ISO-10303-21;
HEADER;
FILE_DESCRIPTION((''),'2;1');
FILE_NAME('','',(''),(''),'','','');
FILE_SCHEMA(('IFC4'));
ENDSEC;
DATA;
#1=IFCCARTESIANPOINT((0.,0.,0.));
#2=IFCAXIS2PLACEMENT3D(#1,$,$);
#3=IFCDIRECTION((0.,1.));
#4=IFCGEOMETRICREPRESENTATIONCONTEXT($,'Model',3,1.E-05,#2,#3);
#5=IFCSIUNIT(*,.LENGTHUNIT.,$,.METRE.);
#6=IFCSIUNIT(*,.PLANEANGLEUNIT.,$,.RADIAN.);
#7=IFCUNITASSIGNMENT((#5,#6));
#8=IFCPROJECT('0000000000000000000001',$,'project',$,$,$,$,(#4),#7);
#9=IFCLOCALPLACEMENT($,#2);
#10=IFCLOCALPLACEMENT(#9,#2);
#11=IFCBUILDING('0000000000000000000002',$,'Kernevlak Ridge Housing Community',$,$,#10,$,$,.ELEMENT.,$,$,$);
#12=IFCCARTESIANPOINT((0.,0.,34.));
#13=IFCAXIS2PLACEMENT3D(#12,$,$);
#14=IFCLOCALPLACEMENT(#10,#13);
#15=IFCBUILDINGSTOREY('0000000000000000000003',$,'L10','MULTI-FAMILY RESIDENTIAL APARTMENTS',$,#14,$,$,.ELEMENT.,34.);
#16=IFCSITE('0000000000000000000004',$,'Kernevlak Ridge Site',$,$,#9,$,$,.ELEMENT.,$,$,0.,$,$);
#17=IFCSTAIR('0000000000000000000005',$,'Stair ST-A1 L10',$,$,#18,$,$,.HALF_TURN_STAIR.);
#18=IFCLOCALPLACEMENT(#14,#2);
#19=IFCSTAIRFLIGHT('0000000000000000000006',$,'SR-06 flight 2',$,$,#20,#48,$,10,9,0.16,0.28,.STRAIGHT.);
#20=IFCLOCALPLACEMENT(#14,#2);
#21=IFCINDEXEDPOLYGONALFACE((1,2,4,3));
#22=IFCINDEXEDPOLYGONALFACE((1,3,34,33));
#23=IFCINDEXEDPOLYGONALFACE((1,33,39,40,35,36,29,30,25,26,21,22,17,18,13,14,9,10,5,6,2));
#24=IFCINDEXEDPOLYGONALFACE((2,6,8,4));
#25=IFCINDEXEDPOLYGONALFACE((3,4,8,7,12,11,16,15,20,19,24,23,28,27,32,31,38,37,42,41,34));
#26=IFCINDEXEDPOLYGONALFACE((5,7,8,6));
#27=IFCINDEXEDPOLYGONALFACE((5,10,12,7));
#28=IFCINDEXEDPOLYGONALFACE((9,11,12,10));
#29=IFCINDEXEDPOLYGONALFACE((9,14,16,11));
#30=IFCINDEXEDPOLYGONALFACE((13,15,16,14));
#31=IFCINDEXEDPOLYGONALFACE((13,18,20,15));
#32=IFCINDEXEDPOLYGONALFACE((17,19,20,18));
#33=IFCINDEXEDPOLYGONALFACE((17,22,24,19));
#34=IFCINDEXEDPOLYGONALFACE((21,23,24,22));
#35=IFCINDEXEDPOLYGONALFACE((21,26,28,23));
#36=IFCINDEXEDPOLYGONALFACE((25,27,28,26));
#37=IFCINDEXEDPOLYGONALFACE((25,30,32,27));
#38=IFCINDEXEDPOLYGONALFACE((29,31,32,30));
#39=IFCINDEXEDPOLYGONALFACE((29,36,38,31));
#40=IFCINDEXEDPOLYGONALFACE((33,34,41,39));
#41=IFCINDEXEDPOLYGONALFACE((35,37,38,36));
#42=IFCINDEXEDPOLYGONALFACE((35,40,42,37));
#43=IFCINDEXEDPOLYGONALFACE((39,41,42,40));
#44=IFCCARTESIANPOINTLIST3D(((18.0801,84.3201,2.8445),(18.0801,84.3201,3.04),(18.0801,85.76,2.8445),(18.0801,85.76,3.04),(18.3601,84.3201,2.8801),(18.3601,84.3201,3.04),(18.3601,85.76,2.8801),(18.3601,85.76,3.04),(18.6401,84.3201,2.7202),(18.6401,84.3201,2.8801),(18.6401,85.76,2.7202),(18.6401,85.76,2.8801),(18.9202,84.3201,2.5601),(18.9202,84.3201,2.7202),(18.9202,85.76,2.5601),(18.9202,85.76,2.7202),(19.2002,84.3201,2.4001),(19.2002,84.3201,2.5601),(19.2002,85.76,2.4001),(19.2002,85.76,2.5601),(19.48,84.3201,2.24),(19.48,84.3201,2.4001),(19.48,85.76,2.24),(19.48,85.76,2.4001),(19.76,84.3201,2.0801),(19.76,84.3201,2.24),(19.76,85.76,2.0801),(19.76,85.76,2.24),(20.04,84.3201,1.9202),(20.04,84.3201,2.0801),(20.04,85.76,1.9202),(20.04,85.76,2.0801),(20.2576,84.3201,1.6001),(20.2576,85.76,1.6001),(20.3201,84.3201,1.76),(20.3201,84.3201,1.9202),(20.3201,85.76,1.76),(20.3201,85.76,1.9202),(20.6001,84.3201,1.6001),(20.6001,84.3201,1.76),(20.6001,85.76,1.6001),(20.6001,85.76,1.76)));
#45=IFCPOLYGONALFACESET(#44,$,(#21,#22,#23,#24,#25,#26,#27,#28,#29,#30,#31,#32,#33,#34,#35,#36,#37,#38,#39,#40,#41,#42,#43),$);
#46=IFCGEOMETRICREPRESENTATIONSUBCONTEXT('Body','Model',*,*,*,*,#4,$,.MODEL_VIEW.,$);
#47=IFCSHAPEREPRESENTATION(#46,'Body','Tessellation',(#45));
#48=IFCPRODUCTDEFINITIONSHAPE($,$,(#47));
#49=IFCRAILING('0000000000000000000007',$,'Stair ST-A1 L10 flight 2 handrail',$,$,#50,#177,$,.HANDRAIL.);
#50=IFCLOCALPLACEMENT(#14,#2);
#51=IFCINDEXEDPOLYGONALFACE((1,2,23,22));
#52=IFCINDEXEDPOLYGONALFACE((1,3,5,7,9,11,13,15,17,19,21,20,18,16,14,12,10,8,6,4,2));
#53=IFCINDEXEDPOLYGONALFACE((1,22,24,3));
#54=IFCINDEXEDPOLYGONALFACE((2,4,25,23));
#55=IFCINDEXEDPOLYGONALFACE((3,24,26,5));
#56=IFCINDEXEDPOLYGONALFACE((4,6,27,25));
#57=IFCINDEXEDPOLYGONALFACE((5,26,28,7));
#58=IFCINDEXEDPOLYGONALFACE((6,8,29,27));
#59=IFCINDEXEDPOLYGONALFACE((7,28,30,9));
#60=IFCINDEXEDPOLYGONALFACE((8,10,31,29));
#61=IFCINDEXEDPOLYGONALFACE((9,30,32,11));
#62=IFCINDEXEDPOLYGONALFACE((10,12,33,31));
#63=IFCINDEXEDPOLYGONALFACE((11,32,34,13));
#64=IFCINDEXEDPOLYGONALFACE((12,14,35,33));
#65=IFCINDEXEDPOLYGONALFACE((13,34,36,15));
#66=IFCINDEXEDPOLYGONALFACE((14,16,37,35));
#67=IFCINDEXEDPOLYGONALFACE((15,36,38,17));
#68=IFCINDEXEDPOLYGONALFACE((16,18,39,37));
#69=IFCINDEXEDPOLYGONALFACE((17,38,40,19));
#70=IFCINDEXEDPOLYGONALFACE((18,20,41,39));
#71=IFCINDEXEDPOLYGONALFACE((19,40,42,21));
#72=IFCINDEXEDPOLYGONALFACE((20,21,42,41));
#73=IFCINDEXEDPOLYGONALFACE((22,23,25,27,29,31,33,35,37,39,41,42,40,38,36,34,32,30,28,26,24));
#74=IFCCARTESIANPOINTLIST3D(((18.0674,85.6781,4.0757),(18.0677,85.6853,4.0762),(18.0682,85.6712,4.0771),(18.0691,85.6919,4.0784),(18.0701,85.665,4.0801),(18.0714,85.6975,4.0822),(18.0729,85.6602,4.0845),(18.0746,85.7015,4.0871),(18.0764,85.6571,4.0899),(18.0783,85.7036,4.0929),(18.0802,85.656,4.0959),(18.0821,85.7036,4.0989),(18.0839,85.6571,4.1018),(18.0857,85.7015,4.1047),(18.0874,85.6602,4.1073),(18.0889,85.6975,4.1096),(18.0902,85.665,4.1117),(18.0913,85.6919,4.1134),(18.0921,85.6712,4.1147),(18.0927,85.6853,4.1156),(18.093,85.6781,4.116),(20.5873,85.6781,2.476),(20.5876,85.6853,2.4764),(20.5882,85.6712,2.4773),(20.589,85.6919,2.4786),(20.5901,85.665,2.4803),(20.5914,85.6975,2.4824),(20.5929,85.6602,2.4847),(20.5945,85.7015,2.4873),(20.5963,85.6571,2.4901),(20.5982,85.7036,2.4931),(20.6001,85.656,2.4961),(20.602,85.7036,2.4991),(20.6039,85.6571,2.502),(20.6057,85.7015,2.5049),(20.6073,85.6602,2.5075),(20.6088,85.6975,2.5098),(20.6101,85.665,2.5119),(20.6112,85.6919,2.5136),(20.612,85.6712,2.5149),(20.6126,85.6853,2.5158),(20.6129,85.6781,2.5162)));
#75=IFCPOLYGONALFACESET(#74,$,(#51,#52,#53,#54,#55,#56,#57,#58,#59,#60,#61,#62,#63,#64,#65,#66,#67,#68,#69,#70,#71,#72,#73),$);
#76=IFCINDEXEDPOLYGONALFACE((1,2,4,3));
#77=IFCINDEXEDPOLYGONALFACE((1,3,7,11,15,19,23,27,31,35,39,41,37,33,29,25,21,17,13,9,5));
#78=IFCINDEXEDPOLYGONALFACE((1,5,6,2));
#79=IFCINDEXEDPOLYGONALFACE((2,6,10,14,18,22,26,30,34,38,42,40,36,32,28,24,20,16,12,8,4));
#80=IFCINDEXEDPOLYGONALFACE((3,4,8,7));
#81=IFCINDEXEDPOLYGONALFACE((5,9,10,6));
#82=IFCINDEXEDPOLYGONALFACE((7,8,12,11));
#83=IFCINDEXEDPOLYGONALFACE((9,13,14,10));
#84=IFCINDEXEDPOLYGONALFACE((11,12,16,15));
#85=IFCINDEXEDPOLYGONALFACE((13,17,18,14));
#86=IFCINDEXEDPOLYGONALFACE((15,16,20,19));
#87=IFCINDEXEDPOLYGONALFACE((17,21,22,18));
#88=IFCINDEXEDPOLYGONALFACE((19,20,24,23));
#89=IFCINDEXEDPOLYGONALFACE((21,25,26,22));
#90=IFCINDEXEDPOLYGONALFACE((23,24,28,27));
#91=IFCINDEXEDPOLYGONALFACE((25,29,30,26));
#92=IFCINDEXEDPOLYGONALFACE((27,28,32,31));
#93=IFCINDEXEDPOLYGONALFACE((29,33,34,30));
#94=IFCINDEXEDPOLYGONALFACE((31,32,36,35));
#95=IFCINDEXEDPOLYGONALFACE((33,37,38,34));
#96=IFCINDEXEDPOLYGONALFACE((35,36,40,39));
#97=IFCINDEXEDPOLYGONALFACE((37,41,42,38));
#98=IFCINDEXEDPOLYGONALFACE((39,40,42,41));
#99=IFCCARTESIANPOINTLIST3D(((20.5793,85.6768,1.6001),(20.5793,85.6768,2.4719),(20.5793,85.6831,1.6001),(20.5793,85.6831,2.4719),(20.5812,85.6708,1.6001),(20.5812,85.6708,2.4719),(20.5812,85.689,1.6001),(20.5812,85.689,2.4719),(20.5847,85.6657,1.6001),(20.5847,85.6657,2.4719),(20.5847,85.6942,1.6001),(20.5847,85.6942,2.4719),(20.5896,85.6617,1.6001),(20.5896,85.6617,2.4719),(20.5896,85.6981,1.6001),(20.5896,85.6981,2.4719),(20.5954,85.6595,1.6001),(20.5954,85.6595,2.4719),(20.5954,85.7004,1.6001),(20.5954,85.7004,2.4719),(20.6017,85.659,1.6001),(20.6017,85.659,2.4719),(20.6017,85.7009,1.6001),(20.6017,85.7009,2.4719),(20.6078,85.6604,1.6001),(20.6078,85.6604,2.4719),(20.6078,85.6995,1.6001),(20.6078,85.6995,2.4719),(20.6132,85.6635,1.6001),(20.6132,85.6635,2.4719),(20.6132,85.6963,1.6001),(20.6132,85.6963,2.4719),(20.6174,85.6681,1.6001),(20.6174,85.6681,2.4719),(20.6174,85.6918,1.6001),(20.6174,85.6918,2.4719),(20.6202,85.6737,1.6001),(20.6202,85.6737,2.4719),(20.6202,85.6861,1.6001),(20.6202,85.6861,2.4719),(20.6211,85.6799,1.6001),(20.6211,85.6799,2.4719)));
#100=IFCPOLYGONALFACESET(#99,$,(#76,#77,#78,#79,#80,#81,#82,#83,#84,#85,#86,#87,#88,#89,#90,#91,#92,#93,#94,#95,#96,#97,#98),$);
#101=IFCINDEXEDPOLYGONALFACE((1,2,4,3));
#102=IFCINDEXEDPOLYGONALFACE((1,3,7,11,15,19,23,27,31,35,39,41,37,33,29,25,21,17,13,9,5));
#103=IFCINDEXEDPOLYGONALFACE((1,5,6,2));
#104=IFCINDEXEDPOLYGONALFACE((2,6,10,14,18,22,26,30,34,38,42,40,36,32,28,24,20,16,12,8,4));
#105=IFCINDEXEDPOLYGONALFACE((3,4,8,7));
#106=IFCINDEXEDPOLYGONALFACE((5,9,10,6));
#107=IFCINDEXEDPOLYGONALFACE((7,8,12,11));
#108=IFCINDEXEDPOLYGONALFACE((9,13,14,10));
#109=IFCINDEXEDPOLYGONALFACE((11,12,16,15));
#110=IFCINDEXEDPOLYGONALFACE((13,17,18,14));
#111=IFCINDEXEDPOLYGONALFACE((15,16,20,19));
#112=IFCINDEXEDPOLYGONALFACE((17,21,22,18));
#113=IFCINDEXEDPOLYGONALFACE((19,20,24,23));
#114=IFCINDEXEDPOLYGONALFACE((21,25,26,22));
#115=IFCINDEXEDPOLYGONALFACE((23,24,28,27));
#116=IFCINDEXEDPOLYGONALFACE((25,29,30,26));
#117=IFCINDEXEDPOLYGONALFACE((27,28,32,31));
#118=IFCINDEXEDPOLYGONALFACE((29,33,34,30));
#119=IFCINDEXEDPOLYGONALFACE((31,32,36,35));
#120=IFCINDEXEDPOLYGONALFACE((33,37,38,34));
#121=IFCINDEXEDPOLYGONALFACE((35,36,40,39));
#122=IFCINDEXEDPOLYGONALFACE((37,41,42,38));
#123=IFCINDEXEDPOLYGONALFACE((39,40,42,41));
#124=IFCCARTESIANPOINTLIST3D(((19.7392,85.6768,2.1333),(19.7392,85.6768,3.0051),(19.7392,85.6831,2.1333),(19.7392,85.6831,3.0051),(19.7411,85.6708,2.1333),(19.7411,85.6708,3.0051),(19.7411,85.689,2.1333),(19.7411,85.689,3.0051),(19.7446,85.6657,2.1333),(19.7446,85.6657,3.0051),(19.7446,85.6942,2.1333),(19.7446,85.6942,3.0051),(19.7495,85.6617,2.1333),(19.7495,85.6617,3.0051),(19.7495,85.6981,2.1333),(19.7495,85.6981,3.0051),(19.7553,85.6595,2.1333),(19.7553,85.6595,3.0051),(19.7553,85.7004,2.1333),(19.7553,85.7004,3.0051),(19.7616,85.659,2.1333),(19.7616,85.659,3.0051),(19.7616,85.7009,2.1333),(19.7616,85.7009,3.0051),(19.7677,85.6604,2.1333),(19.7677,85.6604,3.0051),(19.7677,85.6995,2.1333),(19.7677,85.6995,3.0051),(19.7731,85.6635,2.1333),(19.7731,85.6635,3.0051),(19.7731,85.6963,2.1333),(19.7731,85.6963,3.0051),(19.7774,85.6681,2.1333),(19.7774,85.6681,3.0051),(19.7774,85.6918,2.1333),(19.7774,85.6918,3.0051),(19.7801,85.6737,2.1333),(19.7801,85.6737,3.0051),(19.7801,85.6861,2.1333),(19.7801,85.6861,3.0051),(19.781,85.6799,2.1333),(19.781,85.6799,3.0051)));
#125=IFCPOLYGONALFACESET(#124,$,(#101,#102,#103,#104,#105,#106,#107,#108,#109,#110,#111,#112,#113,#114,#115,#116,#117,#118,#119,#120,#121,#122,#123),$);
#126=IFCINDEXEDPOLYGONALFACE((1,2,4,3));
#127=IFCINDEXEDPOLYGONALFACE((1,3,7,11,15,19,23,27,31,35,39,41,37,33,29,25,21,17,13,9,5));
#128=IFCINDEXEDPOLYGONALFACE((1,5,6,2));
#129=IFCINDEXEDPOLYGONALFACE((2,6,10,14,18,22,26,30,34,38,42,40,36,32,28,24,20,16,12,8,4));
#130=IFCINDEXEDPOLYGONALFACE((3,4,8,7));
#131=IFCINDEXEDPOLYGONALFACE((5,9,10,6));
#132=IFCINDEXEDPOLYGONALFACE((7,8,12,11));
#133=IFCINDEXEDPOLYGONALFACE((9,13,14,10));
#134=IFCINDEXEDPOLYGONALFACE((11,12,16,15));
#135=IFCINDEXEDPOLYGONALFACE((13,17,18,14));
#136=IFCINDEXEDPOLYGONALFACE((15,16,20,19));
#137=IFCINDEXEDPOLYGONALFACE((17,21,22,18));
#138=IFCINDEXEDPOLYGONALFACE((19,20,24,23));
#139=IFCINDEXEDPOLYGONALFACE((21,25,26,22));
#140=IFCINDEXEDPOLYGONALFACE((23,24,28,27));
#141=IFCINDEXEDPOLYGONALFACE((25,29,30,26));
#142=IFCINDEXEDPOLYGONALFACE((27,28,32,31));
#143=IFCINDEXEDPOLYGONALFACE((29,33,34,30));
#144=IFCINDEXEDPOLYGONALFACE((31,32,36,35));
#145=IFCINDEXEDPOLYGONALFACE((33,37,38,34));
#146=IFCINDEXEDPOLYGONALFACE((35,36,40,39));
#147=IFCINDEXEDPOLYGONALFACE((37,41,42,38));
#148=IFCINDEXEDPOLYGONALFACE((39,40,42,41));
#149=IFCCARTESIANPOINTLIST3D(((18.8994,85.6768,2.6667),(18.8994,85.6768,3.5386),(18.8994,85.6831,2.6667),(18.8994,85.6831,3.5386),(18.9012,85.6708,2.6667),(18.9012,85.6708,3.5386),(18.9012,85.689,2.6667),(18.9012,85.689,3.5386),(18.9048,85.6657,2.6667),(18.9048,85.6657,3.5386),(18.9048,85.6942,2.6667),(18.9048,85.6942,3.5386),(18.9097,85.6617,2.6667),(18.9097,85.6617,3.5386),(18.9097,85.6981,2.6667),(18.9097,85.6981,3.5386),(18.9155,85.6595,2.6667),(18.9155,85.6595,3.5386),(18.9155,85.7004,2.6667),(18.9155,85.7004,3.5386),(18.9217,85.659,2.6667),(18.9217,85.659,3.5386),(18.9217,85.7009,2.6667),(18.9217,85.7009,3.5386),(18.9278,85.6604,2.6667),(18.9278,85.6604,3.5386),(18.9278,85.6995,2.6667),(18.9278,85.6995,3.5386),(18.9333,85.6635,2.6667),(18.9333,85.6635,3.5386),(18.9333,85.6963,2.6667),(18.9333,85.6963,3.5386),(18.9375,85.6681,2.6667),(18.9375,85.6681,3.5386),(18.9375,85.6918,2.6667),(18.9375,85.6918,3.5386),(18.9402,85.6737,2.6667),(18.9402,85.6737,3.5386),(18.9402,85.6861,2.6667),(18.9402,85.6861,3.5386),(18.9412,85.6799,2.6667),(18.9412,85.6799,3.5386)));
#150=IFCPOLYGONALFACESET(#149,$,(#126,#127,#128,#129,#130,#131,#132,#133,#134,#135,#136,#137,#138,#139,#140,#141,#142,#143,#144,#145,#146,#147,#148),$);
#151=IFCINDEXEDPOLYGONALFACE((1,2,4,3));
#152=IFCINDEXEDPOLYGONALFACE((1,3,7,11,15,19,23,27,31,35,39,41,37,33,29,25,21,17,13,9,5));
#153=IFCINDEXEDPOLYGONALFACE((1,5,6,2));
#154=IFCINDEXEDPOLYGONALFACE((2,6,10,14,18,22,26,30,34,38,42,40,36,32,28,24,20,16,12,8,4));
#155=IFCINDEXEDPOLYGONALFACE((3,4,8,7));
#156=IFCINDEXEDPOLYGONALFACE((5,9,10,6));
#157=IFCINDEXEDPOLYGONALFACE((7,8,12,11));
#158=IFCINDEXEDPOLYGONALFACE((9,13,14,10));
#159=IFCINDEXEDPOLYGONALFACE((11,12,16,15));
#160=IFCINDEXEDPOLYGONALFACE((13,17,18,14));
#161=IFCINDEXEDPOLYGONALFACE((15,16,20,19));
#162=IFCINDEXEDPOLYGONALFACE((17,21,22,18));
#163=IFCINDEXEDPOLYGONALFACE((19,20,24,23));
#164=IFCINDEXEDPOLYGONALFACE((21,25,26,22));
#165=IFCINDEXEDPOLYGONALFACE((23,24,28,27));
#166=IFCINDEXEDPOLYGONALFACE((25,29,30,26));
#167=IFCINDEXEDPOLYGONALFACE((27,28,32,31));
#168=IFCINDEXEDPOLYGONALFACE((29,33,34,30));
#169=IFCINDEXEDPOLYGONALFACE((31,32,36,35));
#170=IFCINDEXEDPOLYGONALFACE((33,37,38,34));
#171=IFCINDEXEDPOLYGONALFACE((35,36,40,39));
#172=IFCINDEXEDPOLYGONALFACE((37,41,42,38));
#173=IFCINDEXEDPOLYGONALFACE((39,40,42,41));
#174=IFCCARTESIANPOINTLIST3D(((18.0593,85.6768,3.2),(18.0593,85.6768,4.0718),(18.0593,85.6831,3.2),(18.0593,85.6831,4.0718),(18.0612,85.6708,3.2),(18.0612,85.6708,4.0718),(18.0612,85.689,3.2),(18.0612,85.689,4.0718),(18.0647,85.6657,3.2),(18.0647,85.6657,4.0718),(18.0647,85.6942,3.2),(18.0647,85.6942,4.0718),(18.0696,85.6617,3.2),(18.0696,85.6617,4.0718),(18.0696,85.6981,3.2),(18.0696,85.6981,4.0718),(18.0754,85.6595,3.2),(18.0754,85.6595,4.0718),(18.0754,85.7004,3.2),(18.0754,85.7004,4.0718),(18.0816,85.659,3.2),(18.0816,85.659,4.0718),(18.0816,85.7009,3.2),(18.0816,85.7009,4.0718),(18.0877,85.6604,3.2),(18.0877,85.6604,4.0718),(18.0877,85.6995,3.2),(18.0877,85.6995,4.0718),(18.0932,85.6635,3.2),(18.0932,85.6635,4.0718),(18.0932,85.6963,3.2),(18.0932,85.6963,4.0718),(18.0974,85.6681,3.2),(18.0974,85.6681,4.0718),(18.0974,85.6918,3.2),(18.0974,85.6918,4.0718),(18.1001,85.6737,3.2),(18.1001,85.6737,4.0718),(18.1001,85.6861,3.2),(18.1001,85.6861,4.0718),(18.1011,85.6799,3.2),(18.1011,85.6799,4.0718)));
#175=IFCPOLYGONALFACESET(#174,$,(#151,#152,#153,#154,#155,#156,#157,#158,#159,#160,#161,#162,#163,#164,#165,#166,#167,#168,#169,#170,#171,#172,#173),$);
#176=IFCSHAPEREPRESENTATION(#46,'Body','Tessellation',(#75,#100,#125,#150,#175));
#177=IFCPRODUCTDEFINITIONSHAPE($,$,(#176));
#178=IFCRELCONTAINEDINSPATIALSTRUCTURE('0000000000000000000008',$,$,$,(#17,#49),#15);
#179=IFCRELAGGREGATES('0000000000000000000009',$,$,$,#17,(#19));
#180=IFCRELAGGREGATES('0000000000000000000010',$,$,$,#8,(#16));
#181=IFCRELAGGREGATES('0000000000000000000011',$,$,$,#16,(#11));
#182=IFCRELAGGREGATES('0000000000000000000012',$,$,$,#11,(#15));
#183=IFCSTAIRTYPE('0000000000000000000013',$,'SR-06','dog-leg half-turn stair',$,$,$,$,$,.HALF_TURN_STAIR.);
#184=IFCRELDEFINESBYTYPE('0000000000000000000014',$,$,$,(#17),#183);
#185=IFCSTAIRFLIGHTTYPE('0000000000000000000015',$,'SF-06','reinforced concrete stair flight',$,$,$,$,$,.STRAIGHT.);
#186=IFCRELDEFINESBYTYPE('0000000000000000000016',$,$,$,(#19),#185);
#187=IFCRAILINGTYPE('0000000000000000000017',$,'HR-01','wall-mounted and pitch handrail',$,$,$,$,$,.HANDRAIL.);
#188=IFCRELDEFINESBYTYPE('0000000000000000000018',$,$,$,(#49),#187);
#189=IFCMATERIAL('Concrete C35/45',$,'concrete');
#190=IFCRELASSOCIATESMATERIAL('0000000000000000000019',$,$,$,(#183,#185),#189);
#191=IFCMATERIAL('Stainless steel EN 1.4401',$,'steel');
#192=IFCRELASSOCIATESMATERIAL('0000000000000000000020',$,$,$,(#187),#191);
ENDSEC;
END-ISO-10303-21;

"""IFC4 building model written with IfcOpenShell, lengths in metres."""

from ifc_helpers import new_model, si_unit, direction, frame, origin, origin_2d, place, context, subcontext, project, spatial, polyline, circle, outline, extrude, material, type_object, element, aggregate, save


model = new_model("IFC4")

# Units and contexts
model_context = context("Model", 3, precision=1e-05, world=origin(), true_north=direction((0.0, 1.0)))
body_context = subcontext(model_context, "Body", "Model", "MODEL_VIEW")
ifc_project = project(units=[si_unit("LENGTHUNIT", "METRE"), si_unit("PLANEANGLEUNIT", "RADIAN")], contexts=[model_context])

# Site, building, storey
site_placement = place(None, origin())
site = spatial("IfcSite", under=ifc_project, at=site_placement, Name="Kernevlak Ridge Site", CompositionType="ELEMENT", RefElevation=0.0)
building_placement = place(site_placement, origin())
building = spatial("IfcBuilding", under=site, at=building_placement, Name="Kernevlak Ridge Housing Community", CompositionType="ELEMENT")
storey_placement = place(building_placement, frame((0.0, 0.0, 34.0)))
storey = spatial("IfcBuildingStorey", under=building, at=storey_placement, Name="L10", Description="MULTI-FAMILY RESIDENTIAL APARTMENTS", CompositionType="ELEMENT", Elevation=34.0)

# Shared definitions
ifc_material_1 = material(Name="Concrete C35/45", Category="concrete")
ifc_material_2 = material(Name="Stainless steel EN 1.4401", Category="steel")

# Stair, stair flight
stair_type = type_object("IfcStairType", Name="SR-06", Description="dog-leg half-turn stair", PredefinedType="HALF_TURN_STAIR", material=ifc_material_1)
stair_placement = place(storey_placement, origin())
stair = element("IfcStair", 1, at=stair_placement, inside=storey, type_object=stair_type, Name="Stair ST-A1 L10", PredefinedType="HALF_TURN_STAIR")
stair_flight_type = type_object("IfcStairFlightType", Name="SF-06", Description="reinforced concrete stair flight", PredefinedType="STRAIGHT", material=ifc_material_1)
stair_flight_placement = place(storey_placement, frame((20.6001, 85.04, 1.6001), z_axis=(0.0, 0.0, 1.0), x_axis=(-1.0, 0.0, 0.0)))
stair_flight = element("IfcStairFlight", 2, at=stair_flight_placement, type_object=stair_flight_type, Name="SR-06 flight 2", NumberOfRisers=10, NumberOfTreads=9, PredefinedType="STRAIGHT", RiserHeight=0.16, TreadLength=0.28, context=body_context, shape_type="SweptSolid", body=[
    extrude(outline(polyline([(0.0, 0.0), (0.0, 0.1599), (0.28, 0.1599), (0.28, 0.3201), (0.5601, 0.3201), (0.5601, 0.48), (0.8401, 0.48), (0.8401, 0.6399), (1.1201, 0.6399), (1.1201, 0.8), (1.3999, 0.8), (1.3999, 0.96), (1.6799, 0.96), (1.6799, 1.1201), (1.96, 1.1201), (1.96, 1.28), (2.24, 1.28), (2.24, 1.4399), (2.52, 1.4399), (2.52, 1.6001), (2.52, 1.2444), (0.3425, 0.0), (0.0, 0.0)])), frame((0.0, 0.72, 0.0), z_axis=(0.0, -1.0, 0.0), x_axis=(1.0, 0.0, 0.0)), (0.0, 0.0, 1.0), 1.4399),
])
aggregate(stair, [stair_flight])

# Railing
railing_type = type_object("IfcRailingType", Name="HR-01", Description="wall-mounted and pitch handrail", PredefinedType="HANDRAIL", material=ifc_material_2)
railing_placement = place(storey_placement, frame((20.6001, 85.6799, 1.6001)))
element("IfcRailing", 3, at=railing_placement, inside=storey, type_object=railing_type, Name="Stair ST-A1 L10 flight 2 handrail", PredefinedType="HANDRAIL", context=body_context, shape_type="SweptSolid", body=[
    extrude(circle(Radius=0.0239, at=origin_2d()), frame((0.0, 0.0, 0.896), z_axis=(-0.844237, 0.0, 0.53597), x_axis=(0.0, -1.0, 0.0)), (0.0, 0.0, 1.0), 2.9849),
    extrude(circle(Radius=0.021, at=origin_2d()), origin(), (0.0, 0.0, 1.0), 0.8718),
    extrude(circle(Radius=0.021, at=origin_2d()), frame((-0.8401, 0.0, 0.5332)), (0.0, 0.0, 1.0), 0.8718),
    extrude(circle(Radius=0.021, at=origin_2d()), frame((-1.6799, 0.0, 1.0667)), (0.0, 0.0, 1.0), 0.8718),
    extrude(circle(Radius=0.021, at=origin_2d()), frame((-2.52, 0.0, 1.5999)), (0.0, 0.0, 1.0), 0.8718),
])

save(model, "model.ifc")
